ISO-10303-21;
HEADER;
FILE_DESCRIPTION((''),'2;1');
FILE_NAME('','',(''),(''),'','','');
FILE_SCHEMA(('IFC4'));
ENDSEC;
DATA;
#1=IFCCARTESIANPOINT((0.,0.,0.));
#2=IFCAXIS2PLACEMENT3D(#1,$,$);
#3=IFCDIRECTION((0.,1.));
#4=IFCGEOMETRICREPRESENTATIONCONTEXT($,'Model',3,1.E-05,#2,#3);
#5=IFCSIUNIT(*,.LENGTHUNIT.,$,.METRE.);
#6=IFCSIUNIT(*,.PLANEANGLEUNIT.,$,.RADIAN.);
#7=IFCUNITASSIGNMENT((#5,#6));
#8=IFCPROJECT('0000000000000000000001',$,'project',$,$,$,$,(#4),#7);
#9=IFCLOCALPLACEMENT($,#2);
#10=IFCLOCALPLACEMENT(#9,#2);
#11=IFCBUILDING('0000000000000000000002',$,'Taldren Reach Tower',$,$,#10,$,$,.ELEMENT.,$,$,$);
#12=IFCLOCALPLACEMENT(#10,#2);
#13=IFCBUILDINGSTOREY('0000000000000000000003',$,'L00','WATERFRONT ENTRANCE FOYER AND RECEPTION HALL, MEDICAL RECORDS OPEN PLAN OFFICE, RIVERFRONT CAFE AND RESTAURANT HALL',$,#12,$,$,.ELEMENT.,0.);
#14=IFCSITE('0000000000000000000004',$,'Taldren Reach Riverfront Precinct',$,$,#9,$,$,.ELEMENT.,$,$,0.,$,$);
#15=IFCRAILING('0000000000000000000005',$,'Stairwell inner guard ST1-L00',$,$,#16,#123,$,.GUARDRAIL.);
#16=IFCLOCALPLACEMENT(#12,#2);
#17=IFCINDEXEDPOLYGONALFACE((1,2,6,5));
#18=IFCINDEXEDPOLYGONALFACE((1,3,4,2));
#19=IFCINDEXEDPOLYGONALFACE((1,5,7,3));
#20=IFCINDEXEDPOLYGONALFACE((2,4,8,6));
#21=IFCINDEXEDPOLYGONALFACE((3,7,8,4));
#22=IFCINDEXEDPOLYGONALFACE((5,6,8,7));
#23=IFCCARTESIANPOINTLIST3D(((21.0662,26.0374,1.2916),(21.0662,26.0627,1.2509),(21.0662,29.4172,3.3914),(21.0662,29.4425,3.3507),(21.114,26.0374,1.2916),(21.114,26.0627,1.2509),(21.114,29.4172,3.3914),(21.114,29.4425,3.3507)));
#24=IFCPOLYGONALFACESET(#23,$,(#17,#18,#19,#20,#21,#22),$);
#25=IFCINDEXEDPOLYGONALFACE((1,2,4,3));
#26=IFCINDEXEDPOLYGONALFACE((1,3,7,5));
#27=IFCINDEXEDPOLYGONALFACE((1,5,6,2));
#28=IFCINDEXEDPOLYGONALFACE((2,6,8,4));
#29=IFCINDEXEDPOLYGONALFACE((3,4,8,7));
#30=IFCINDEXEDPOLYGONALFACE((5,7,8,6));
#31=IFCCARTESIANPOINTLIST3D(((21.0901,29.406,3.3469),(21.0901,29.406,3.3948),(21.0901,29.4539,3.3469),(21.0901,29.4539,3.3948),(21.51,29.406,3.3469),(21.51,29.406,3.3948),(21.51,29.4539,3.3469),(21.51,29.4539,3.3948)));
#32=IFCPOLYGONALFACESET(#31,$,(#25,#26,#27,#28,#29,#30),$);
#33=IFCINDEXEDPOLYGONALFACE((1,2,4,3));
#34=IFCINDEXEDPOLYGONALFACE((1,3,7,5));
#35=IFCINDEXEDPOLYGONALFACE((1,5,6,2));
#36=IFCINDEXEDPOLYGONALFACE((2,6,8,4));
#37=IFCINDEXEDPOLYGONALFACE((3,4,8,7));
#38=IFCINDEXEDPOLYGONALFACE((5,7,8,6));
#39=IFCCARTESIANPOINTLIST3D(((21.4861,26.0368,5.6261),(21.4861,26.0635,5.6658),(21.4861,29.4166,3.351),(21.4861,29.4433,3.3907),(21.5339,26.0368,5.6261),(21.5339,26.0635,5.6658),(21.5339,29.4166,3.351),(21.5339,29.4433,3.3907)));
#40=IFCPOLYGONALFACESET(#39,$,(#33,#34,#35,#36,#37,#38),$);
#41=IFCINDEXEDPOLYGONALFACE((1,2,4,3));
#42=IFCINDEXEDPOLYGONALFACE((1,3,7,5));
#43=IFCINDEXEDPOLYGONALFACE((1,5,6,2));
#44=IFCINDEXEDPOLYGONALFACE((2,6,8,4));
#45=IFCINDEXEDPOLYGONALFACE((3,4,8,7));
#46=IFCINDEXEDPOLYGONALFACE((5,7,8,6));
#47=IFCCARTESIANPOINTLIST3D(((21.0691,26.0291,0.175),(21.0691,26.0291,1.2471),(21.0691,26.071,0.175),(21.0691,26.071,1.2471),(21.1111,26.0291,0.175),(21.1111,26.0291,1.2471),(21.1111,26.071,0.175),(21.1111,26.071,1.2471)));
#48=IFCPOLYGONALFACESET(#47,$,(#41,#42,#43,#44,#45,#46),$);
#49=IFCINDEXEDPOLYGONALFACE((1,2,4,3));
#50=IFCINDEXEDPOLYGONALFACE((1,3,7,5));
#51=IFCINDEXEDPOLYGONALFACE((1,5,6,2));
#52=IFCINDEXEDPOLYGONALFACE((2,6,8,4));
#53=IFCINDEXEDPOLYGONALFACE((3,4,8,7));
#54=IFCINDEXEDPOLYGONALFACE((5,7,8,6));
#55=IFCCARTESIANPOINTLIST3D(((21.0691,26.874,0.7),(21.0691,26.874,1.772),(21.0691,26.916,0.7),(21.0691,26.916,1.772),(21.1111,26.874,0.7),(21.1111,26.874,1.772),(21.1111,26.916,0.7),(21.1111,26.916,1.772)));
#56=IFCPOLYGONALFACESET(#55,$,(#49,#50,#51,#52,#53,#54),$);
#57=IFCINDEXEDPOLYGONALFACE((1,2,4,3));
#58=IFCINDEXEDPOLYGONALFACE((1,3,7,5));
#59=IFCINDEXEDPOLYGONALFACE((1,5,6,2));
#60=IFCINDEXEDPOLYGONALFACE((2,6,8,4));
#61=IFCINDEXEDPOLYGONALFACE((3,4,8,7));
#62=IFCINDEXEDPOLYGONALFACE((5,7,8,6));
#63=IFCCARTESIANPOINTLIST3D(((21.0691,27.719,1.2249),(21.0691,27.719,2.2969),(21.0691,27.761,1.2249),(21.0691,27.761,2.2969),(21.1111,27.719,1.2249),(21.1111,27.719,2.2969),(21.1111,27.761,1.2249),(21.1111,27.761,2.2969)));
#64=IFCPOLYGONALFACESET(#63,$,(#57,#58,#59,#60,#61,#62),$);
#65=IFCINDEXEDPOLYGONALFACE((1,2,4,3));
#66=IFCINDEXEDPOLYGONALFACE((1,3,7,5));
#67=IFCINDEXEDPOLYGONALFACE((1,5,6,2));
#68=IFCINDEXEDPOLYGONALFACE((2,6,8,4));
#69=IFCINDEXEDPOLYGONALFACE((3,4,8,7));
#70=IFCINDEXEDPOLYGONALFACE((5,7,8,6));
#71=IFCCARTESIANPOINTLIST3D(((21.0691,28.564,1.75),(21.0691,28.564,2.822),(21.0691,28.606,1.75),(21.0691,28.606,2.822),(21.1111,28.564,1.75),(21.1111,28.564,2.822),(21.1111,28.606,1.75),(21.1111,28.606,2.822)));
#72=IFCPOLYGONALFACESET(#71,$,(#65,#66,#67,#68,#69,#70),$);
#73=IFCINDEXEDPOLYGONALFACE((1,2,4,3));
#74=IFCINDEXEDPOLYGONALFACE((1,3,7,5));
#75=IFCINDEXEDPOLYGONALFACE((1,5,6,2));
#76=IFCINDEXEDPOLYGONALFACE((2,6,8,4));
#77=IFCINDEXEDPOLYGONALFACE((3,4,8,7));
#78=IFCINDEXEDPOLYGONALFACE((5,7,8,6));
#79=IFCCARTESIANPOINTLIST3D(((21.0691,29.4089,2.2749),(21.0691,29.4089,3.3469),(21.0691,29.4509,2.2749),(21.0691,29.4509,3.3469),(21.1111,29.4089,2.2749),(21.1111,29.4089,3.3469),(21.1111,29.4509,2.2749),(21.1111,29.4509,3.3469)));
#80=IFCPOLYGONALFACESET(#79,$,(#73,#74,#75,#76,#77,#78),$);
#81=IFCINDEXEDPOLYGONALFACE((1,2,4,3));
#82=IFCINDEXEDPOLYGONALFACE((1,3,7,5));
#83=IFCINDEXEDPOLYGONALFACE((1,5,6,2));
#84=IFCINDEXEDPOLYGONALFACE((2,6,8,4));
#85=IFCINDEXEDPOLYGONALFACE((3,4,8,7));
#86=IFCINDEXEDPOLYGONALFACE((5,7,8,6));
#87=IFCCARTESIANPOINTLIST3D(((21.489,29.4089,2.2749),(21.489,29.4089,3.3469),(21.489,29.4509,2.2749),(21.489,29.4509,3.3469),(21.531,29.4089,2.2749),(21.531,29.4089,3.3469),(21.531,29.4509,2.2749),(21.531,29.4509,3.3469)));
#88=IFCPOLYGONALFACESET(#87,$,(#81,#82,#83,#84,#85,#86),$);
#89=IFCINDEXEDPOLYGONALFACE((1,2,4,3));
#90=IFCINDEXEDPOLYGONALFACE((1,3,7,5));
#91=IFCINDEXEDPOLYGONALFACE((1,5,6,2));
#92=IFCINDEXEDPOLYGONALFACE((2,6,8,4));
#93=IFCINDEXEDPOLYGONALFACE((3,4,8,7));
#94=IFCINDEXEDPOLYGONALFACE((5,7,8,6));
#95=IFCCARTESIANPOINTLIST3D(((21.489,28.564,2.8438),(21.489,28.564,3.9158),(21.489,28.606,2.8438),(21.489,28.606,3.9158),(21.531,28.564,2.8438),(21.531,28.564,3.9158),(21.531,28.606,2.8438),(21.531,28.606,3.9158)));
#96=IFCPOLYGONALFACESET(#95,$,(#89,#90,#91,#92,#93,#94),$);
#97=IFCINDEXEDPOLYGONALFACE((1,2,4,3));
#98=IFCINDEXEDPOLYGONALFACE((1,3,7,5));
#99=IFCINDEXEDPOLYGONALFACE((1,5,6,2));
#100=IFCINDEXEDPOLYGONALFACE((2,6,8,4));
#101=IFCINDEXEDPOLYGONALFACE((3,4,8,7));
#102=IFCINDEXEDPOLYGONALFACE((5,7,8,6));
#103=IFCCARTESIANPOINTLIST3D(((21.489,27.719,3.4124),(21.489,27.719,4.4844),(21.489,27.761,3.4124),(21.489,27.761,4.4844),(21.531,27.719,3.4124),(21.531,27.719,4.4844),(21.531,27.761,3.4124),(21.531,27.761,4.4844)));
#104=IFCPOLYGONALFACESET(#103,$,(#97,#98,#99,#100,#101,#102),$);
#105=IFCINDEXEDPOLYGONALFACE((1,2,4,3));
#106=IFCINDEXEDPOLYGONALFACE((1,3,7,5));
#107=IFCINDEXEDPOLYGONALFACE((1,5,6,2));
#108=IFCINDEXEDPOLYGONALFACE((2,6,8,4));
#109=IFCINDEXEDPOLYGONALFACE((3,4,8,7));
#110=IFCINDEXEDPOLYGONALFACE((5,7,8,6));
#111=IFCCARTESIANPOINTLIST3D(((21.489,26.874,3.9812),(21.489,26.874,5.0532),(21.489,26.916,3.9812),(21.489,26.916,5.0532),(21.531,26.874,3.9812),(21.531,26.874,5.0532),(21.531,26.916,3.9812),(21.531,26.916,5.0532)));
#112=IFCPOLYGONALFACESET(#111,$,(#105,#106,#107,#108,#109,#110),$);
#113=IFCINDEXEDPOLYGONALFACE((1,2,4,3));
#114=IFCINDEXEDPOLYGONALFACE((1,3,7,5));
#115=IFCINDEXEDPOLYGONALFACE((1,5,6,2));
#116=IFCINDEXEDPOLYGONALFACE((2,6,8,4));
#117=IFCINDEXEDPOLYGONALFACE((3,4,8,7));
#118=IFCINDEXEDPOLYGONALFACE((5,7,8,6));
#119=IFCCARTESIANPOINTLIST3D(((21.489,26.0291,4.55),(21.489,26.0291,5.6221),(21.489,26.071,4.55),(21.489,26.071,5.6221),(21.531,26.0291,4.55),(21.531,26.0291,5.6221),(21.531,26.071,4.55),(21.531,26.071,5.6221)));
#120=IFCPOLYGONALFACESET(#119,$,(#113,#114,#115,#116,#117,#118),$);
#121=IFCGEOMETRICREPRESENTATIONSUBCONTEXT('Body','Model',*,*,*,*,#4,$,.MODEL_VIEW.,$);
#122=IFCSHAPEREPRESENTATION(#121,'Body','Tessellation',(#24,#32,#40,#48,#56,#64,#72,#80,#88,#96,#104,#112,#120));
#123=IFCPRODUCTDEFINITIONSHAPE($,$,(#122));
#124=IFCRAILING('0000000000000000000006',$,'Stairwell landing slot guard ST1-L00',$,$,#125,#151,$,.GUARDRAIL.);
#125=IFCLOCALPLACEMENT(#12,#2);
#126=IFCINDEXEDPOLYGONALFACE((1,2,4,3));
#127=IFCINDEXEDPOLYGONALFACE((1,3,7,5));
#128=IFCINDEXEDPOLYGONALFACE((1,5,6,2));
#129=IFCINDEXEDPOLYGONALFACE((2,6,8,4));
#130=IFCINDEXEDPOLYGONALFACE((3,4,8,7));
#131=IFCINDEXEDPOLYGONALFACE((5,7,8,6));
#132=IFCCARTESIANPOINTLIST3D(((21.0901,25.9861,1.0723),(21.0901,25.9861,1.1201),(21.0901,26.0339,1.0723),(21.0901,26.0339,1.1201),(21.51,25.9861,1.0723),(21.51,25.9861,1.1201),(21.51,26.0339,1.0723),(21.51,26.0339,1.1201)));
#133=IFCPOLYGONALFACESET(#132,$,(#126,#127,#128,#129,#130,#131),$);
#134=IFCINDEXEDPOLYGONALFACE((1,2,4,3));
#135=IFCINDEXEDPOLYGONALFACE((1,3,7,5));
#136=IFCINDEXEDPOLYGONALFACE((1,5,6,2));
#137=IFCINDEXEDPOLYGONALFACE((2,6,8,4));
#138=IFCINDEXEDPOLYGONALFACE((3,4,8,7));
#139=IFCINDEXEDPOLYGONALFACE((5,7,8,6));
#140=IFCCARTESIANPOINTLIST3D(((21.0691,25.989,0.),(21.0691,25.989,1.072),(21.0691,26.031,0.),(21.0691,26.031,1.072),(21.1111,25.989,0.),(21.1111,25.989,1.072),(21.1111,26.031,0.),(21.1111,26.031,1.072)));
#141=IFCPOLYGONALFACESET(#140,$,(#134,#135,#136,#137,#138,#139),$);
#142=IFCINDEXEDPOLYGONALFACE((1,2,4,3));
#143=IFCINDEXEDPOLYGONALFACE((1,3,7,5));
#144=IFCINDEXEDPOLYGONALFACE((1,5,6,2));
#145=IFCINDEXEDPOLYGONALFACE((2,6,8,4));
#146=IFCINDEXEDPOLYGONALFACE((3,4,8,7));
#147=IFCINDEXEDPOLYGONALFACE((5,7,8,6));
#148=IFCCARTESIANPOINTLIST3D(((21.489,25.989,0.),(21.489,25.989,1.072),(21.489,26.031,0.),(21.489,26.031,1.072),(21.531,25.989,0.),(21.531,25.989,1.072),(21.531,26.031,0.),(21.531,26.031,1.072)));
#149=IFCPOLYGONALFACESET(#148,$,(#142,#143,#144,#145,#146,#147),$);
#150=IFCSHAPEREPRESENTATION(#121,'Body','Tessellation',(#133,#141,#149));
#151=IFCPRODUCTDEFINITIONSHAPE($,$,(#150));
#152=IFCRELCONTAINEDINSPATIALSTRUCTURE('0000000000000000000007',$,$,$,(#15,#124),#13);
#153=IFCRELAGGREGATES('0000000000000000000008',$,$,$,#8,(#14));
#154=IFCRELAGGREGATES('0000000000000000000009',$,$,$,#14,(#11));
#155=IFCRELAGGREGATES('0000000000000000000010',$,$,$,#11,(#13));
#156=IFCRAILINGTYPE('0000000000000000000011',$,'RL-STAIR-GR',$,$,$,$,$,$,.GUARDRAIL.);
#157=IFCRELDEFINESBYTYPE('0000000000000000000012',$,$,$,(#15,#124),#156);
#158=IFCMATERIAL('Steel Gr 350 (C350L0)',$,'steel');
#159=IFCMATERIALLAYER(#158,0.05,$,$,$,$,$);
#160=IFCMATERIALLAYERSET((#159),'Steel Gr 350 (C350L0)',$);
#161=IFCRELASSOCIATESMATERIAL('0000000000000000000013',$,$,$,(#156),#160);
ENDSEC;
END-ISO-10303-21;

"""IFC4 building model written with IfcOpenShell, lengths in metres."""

from ifc_helpers import new_model, si_unit, direction, frame, origin, origin_2d, place, context, subcontext, project, spatial, rectangle, extrude, material, layer, layer_set, type_object, element, save


model = new_model("IFC4")

# Units and contexts
model_context = context("Model", 3, precision=1e-05, world=origin(), true_north=direction((0.0, 1.0)))
body_context = subcontext(model_context, "Body", "Model", "MODEL_VIEW")
ifc_project = project(units=[si_unit("LENGTHUNIT", "METRE"), si_unit("PLANEANGLEUNIT", "RADIAN")], contexts=[model_context])

# Site, building, storey
site_placement = place(None, origin())
site = spatial("IfcSite", under=ifc_project, at=site_placement, Name="Taldren Reach Riverfront Precinct", CompositionType="ELEMENT", RefElevation=0.0)
building_placement = place(site_placement, origin())
building = spatial("IfcBuilding", under=site, at=building_placement, Name="Taldren Reach Tower", CompositionType="ELEMENT")
storey_placement = place(building_placement, origin())
storey = spatial("IfcBuildingStorey", under=building, at=storey_placement, Name="L00", Description="WATERFRONT ENTRANCE FOYER AND RECEPTION HALL, MEDICAL RECORDS OPEN PLAN OFFICE, RIVERFRONT CAFE AND RESTAURANT HALL", CompositionType="ELEMENT", Elevation=0.0)

# Railings
ifc_material_1 = material(Name="Steel Gr 350 (C350L0)", Category="steel")
ifc_layer_1 = layer(ifc_material_1, 0.05)
ifc_layer_set_1 = layer_set([ifc_layer_1], Name="Steel Gr 350 (C350L0)")
railing_type_1 = type_object("IfcRailingType", Name="RL-STAIR-GR", PredefinedType="GUARDRAIL", material=ifc_layer_set_1)
railing_1_placement = place(storey_placement, frame((21.0901, 26.05, 0.175)))
element("IfcRailing", 1, at=railing_1_placement, inside=storey, type_object=railing_type_1, Name="Stairwell inner guard ST1-L00", PredefinedType="GUARDRAIL", context=body_context, shape_type="SweptSolid", body=[
    extrude(rectangle(XDim=0.0479, YDim=0.0479, at=origin_2d()), frame((0.0, 0.0, 1.0962), z_axis=(0.0, 0.849415, 0.527725), x_axis=(-1.0, 0.0, 0.0)), (0.0, 0.0, 1.0), 3.979),
    extrude(rectangle(XDim=0.0479, YDim=0.0479, at=origin_2d()), frame((0.0, 3.3799, 3.1958), z_axis=(1.0, 0.0, 0.0), x_axis=(0.0, 1.0, 0.0)), (0.0, 0.0, 1.0), 0.4199),
    extrude(rectangle(XDim=0.0479, YDim=0.0479, at=origin_2d()), frame((0.4199, 3.3799, 3.1958), z_axis=(0.0, -0.829562, 0.558414), x_axis=(1.0, 0.0, 0.0)), (0.0, 0.0, 1.0), 4.0742),
    extrude(rectangle(XDim=0.042, YDim=0.042, at=origin_2d()), origin(), (0.0, 0.0, 1.0), 1.072),
    extrude(rectangle(XDim=0.042, YDim=0.042, at=origin_2d()), frame((0.0, 0.845, 0.5249)), (0.0, 0.0, 1.0), 1.072),
    extrude(rectangle(XDim=0.042, YDim=0.042, at=origin_2d()), frame((0.0, 1.6899, 1.0498)), (0.0, 0.0, 1.0), 1.072),
    extrude(rectangle(XDim=0.042, YDim=0.042, at=origin_2d()), frame((0.0, 2.5349, 1.575)), (0.0, 0.0, 1.0), 1.072),
    extrude(rectangle(XDim=0.042, YDim=0.042, at=origin_2d()), frame((0.0, 3.3799, 2.0999)), (0.0, 0.0, 1.0), 1.072),
    extrude(rectangle(XDim=0.042, YDim=0.042, at=origin_2d()), frame((0.4199, 3.3799, 2.0999)), (0.0, 0.0, 1.0), 1.072),
    extrude(rectangle(XDim=0.042, YDim=0.042, at=origin_2d()), frame((0.4199, 2.5349, 2.6687)), (0.0, 0.0, 1.0), 1.072),
    extrude(rectangle(XDim=0.042, YDim=0.042, at=origin_2d()), frame((0.4199, 1.6899, 3.2373)), (0.0, 0.0, 1.0), 1.072),
    extrude(rectangle(XDim=0.042, YDim=0.042, at=origin_2d()), frame((0.4199, 0.845, 3.8062)), (0.0, 0.0, 1.0), 1.072),
    extrude(rectangle(XDim=0.042, YDim=0.042, at=origin_2d()), frame((0.4199, 0.0, 4.375)), (0.0, 0.0, 1.0), 1.072),
])
railing_2_placement = place(storey_placement, frame((21.0901, 26.01, 0.0)))
element("IfcRailing", 2, at=railing_2_placement, inside=storey, type_object=railing_type_1, Name="Stairwell landing slot guard ST1-L00", PredefinedType="GUARDRAIL", context=body_context, shape_type="SweptSolid", body=[
    extrude(rectangle(XDim=0.0479, YDim=0.0479, at=origin_2d()), frame((0.0, 0.0, 1.0962), z_axis=(1.0, 0.0, 0.0), x_axis=(0.0, 1.0, 0.0)), (0.0, 0.0, 1.0), 0.4199),
    extrude(rectangle(XDim=0.042, YDim=0.042, at=origin_2d()), origin(), (0.0, 0.0, 1.0), 1.072),
    extrude(rectangle(XDim=0.042, YDim=0.042, at=origin_2d()), frame((0.4199, 0.0, 0.0)), (0.0, 0.0, 1.0), 1.072),
])

save(model, "model.ifc")
